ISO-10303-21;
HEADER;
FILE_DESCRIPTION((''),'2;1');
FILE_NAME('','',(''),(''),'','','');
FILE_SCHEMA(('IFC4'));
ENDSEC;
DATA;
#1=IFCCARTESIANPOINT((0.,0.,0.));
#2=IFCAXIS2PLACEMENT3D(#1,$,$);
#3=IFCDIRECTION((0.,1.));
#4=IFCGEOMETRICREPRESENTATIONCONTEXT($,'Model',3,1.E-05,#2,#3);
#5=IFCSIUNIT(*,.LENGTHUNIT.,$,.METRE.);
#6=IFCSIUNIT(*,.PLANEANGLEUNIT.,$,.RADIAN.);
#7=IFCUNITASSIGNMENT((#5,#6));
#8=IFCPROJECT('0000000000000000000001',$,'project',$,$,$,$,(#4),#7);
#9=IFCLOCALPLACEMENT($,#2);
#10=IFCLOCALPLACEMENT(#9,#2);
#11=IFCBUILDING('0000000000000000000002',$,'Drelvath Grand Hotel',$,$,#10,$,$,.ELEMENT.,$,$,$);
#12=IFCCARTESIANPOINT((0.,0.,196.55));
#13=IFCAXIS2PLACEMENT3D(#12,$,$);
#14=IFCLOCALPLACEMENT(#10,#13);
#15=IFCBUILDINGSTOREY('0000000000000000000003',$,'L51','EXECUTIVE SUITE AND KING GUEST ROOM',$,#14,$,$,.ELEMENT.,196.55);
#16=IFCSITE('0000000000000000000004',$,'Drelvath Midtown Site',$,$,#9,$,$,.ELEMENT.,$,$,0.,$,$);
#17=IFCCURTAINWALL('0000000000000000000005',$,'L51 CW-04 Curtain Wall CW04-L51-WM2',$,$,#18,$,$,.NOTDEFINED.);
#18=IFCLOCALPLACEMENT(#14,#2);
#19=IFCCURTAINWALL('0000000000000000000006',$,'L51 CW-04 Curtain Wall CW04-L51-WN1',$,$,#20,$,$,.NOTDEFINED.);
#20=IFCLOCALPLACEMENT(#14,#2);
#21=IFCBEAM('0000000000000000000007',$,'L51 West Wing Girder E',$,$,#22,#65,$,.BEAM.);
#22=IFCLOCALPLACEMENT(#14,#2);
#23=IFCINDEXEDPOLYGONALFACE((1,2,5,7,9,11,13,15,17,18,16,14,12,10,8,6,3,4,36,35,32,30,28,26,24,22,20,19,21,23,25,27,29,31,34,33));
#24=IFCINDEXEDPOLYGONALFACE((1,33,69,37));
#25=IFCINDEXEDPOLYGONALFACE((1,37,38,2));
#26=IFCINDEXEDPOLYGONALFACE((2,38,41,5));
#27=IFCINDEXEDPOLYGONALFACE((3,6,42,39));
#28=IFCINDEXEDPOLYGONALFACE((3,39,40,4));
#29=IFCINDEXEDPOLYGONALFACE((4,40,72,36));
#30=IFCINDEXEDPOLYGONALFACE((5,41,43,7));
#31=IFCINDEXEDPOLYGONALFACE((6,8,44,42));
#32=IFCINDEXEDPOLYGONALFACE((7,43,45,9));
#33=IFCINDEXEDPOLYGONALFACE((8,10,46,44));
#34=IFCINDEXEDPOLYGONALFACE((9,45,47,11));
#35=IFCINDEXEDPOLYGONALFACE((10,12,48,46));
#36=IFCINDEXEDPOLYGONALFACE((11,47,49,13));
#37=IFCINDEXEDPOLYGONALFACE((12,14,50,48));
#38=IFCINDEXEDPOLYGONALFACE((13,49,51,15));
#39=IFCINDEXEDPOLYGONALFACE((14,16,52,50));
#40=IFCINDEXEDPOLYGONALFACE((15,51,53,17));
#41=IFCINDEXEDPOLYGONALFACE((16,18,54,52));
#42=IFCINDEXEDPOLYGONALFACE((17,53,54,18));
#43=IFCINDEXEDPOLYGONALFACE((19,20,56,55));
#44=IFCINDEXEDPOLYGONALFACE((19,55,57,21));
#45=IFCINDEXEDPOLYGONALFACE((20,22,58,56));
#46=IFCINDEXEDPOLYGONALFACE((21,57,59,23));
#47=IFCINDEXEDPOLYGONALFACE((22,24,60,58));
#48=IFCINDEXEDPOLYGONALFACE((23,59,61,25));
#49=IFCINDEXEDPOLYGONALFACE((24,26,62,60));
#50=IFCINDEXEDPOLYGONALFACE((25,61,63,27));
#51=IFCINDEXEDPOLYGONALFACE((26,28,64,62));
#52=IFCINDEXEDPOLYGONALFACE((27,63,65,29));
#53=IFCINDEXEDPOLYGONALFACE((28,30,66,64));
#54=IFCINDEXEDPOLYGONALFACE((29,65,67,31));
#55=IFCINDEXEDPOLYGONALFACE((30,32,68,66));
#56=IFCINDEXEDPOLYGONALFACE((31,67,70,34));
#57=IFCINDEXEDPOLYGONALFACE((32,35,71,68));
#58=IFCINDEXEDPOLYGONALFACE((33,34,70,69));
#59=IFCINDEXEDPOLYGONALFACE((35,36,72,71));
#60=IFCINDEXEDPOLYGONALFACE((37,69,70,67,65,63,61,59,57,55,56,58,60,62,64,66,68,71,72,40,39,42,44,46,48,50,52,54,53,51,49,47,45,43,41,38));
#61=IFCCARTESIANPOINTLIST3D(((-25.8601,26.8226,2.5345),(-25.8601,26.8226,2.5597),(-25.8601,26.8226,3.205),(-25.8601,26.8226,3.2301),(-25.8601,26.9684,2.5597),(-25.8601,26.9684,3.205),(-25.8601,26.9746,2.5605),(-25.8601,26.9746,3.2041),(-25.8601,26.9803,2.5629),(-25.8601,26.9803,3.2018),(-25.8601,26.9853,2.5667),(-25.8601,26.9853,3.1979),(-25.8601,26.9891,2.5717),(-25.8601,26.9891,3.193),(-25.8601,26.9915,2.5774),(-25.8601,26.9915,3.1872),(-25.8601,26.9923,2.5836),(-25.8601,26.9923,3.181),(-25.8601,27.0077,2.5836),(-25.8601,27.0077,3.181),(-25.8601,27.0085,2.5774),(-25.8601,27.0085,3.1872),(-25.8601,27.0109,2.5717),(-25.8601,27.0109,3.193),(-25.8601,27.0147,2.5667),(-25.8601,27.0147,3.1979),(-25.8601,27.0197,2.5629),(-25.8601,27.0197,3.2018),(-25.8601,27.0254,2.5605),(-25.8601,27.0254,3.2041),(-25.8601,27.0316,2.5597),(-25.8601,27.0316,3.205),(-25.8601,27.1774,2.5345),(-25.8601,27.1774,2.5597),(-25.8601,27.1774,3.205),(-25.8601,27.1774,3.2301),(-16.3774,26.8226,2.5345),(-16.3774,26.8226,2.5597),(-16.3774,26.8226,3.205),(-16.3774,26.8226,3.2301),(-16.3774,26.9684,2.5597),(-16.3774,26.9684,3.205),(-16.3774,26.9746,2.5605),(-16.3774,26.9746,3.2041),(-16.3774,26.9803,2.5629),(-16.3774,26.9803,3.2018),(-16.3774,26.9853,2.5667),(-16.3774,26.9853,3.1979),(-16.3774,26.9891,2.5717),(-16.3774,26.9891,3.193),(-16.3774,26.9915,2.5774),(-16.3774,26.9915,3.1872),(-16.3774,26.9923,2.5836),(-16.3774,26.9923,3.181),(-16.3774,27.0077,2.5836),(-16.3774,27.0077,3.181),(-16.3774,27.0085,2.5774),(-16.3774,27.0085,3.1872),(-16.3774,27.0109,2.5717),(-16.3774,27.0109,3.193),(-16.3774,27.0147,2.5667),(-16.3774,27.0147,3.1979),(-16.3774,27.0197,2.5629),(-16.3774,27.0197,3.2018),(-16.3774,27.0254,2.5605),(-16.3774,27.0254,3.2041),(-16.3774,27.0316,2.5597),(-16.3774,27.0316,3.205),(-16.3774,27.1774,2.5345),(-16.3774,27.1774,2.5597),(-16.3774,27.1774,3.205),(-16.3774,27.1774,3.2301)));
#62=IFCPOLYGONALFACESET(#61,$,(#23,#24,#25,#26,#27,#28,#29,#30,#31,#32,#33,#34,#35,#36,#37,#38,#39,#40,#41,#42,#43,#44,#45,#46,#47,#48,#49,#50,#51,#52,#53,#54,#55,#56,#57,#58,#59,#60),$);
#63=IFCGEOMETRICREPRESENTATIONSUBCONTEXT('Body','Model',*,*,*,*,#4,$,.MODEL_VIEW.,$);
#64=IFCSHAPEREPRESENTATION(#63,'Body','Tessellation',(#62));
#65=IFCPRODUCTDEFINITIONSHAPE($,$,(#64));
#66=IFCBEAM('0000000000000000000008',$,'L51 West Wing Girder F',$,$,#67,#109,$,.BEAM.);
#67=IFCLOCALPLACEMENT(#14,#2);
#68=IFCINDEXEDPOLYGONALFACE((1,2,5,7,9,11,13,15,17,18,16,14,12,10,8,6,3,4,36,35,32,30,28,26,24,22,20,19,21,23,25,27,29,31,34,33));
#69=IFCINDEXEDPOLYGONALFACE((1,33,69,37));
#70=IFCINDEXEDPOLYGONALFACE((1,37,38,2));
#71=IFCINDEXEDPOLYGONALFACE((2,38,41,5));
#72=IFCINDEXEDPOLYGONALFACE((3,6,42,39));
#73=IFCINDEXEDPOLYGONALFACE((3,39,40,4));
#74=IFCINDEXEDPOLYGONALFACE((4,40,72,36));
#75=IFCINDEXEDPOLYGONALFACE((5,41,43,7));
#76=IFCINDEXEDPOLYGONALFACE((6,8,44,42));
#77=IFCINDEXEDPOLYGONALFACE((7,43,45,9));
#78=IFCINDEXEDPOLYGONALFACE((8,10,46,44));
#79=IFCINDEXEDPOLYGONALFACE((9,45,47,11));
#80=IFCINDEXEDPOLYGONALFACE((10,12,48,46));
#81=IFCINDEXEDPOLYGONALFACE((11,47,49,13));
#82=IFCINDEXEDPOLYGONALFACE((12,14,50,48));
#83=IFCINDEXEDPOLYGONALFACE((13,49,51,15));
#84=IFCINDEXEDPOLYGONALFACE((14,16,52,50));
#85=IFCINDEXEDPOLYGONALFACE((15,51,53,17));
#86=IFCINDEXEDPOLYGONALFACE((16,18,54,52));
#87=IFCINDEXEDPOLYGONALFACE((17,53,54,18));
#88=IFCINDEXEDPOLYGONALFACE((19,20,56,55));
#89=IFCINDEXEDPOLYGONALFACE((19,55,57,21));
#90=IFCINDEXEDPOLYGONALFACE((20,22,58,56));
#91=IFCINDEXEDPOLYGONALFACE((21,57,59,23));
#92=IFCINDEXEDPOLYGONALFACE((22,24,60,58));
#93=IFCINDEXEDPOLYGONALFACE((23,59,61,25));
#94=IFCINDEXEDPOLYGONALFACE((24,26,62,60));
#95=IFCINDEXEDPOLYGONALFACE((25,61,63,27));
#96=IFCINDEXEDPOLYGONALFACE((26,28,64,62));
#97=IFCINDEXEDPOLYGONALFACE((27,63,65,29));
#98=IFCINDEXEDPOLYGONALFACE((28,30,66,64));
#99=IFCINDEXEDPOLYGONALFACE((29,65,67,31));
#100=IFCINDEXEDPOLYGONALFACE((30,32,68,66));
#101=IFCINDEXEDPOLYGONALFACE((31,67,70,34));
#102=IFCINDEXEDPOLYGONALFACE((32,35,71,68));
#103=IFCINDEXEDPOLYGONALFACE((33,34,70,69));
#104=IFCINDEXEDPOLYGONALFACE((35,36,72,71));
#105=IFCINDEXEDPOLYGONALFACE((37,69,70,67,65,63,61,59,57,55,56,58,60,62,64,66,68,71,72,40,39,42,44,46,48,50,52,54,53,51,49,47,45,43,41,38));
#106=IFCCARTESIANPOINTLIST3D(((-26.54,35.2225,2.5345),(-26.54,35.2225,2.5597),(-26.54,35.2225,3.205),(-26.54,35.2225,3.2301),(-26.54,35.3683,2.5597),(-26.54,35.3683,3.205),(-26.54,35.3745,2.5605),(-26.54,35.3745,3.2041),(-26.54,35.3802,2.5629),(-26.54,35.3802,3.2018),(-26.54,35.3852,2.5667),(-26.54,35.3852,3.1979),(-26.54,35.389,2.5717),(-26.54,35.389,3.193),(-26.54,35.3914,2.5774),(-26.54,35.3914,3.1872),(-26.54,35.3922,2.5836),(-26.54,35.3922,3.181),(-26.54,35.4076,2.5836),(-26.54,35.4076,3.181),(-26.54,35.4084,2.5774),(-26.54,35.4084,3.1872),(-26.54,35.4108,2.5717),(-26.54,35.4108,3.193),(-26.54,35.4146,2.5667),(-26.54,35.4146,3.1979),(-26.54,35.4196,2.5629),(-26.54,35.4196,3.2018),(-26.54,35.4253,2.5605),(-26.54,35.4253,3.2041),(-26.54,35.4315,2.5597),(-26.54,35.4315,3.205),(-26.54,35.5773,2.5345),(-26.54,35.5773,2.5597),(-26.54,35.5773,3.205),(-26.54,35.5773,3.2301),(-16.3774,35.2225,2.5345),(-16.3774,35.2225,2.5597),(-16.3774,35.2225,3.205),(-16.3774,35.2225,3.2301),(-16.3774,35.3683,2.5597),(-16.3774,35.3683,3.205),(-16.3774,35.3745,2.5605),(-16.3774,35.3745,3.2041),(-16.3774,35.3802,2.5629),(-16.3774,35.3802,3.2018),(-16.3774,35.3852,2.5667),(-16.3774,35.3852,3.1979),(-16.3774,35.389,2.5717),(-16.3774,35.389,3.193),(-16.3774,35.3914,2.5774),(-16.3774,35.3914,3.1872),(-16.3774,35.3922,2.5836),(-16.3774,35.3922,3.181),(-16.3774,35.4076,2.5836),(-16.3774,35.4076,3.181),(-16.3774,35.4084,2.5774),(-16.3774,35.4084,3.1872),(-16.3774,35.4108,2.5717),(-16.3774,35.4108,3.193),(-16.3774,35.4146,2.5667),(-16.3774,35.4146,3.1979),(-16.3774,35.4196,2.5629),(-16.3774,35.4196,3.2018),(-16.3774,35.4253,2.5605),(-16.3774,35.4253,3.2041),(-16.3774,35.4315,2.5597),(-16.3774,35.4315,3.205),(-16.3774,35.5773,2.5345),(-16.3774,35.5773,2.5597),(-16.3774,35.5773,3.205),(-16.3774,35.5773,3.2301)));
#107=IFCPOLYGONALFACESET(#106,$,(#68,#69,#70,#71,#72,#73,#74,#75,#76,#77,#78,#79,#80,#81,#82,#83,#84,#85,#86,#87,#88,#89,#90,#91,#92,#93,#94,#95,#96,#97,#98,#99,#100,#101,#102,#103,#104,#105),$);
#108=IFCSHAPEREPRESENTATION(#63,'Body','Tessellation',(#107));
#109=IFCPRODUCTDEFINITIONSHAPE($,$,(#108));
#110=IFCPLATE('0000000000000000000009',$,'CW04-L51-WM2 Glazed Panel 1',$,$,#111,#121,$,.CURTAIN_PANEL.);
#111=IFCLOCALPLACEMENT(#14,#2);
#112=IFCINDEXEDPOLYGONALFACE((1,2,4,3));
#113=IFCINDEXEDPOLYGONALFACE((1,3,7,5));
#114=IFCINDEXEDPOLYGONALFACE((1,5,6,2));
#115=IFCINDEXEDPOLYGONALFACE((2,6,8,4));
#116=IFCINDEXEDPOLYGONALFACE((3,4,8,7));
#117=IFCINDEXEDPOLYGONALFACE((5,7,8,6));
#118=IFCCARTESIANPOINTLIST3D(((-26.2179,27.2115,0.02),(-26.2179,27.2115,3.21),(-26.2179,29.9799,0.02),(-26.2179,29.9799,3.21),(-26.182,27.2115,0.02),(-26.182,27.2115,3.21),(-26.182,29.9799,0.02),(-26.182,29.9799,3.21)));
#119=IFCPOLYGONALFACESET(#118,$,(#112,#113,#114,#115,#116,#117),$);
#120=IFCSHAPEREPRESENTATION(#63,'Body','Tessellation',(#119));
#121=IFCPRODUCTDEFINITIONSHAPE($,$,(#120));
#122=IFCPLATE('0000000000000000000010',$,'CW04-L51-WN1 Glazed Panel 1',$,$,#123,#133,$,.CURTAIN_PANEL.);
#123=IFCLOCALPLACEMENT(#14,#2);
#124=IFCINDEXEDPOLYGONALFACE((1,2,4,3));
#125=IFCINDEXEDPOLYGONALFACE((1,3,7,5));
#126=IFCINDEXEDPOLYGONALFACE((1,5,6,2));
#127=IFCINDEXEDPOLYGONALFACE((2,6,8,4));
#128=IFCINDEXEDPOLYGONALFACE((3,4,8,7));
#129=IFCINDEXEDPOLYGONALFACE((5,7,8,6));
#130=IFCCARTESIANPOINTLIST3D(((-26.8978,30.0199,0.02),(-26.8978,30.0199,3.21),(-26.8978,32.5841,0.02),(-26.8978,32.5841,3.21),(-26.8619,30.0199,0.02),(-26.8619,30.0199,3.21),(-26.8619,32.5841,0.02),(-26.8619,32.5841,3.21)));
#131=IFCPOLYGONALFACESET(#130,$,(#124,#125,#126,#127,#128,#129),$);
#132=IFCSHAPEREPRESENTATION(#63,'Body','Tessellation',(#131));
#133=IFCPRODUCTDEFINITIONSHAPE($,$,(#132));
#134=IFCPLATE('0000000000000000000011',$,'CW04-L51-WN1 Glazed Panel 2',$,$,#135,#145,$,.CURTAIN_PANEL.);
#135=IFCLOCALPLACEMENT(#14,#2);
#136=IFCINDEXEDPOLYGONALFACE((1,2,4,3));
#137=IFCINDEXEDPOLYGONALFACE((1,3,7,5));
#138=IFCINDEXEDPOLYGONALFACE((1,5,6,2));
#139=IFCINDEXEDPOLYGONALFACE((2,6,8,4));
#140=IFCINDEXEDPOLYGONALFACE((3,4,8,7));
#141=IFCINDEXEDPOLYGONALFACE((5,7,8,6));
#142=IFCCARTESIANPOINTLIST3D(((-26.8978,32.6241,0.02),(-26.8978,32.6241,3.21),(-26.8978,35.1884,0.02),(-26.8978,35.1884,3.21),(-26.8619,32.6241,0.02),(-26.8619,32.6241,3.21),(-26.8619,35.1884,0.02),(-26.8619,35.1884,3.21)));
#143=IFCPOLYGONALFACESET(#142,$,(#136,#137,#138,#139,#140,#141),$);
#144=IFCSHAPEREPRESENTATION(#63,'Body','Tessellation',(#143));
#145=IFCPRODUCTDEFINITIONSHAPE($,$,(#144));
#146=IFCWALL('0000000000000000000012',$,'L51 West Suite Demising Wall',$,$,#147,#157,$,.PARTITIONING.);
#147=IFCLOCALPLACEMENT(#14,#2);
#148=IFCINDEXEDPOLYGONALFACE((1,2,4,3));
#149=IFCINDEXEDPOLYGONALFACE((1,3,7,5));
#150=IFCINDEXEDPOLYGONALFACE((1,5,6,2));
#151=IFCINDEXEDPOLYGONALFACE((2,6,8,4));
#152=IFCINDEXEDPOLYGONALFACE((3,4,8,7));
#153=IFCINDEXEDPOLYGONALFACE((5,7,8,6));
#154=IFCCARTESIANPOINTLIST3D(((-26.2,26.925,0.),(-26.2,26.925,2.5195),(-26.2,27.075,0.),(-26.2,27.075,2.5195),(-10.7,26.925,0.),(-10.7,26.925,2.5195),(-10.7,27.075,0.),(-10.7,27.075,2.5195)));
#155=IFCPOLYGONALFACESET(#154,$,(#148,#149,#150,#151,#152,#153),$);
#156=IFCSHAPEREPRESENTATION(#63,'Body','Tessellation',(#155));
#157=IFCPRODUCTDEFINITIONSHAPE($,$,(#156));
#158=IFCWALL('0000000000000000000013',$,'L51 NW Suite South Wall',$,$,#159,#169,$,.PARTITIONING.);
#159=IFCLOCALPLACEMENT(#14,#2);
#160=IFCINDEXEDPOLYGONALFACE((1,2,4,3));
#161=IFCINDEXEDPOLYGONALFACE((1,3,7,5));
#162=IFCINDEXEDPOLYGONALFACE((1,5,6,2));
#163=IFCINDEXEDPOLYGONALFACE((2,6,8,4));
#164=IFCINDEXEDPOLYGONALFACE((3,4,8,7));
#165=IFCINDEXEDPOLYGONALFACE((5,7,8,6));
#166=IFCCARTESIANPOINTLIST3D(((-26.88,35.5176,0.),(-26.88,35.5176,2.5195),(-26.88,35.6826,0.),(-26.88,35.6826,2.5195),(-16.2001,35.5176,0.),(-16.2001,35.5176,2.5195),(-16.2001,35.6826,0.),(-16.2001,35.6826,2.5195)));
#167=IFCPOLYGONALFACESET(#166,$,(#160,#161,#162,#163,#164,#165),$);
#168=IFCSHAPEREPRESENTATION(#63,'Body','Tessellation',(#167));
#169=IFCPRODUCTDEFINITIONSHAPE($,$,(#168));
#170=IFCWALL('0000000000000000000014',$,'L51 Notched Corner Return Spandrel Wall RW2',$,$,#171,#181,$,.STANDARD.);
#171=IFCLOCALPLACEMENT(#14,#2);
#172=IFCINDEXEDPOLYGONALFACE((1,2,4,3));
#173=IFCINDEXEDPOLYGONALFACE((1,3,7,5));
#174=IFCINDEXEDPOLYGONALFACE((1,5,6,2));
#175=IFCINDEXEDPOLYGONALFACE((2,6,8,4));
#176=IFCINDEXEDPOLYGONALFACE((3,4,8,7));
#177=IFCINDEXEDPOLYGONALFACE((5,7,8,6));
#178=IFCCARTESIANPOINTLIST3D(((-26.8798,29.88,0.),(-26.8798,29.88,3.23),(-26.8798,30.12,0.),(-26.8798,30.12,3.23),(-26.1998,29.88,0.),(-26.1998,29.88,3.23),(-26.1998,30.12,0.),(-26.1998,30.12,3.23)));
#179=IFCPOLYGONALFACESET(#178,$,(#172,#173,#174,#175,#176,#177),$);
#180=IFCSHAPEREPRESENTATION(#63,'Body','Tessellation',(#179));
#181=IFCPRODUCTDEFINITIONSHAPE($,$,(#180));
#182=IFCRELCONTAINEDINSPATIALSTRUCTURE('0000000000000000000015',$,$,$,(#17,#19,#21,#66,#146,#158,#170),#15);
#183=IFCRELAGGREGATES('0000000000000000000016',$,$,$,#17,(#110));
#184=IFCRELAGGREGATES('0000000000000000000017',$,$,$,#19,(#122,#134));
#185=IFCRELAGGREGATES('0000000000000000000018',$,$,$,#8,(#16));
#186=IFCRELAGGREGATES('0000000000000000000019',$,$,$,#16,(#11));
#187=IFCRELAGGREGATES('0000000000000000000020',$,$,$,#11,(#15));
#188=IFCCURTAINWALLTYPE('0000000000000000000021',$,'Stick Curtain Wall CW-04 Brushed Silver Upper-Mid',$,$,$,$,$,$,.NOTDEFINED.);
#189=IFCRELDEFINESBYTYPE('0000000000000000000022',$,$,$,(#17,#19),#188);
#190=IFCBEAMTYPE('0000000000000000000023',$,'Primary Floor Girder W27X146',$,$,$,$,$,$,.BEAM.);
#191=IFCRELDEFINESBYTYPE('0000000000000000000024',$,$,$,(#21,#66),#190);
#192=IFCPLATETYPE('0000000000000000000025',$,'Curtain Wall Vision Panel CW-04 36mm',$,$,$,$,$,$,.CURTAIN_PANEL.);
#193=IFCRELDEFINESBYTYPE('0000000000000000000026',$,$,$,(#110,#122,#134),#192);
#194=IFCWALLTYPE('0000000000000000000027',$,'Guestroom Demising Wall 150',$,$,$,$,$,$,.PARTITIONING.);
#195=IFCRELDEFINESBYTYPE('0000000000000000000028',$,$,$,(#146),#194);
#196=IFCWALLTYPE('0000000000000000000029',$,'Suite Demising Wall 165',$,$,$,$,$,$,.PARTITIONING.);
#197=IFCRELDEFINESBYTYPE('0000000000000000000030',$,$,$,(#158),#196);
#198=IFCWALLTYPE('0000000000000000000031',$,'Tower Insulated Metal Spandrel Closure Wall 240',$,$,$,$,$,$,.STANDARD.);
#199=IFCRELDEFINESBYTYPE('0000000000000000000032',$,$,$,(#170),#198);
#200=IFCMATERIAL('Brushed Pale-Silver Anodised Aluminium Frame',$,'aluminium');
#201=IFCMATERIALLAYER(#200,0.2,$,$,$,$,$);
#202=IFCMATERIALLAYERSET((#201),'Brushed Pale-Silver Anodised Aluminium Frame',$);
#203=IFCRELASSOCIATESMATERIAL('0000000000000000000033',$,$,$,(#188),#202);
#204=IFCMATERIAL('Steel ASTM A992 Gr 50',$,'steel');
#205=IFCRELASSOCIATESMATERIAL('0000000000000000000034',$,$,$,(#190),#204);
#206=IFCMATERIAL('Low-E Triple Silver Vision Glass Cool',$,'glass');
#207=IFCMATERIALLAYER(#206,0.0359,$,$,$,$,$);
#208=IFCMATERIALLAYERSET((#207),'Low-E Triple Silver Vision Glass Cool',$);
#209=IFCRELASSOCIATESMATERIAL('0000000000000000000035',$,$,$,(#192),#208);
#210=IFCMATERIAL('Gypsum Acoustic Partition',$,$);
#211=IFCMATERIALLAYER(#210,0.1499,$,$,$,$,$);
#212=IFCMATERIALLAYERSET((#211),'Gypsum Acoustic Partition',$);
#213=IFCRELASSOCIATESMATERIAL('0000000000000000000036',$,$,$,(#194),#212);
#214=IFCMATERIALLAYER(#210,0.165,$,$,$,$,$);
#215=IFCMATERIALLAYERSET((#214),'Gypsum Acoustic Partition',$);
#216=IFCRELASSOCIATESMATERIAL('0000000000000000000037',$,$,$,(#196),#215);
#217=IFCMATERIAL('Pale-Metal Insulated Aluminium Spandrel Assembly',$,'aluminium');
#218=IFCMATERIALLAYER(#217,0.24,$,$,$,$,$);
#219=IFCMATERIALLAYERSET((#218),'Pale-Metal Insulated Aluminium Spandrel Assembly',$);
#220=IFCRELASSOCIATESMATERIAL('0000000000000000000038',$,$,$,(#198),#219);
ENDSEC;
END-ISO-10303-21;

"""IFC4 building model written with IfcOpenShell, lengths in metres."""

from ifc_helpers import new_model, si_unit, direction, frame, frame_2d, origin, origin_2d, place, context, subcontext, project, spatial, rectangle, i_section, extrude, material, layer, layer_set, material_profile, profile_set, type_object, element, aggregate, save


model = new_model("IFC4")

# Units and contexts
model_context = context("Model", 3, precision=1e-05, world=origin(), true_north=direction((0.0, 1.0)))
body_context = subcontext(model_context, "Body", "Model", "MODEL_VIEW")
ifc_project = project(units=[si_unit("LENGTHUNIT", "METRE"), si_unit("PLANEANGLEUNIT", "RADIAN")], contexts=[model_context])

# Site, building, storey
site_placement = place(None, origin())
site = spatial("IfcSite", under=ifc_project, at=site_placement, Name="Drelvath Midtown Site", CompositionType="ELEMENT", RefElevation=0.0)
building_placement = place(site_placement, origin())
building = spatial("IfcBuilding", under=site, at=building_placement, Name="Drelvath Grand Hotel", CompositionType="ELEMENT")
storey_placement = place(building_placement, frame((0.0, 0.0, 196.55)))
storey = spatial("IfcBuildingStorey", under=building, at=storey_placement, Name="L51", Description="EXECUTIVE SUITE AND KING GUEST ROOM", CompositionType="ELEMENT", Elevation=196.55)

# Curtain walls
ifc_material_1 = material(Name="Brushed Pale-Silver Anodised Aluminium Frame", Category="aluminium")
ifc_layer_1 = layer(ifc_material_1, 0.2)
ifc_layer_set_1 = layer_set([ifc_layer_1], Name="Brushed Pale-Silver Anodised Aluminium Frame")
curtain_wall_type = type_object("IfcCurtainWallType", Name="Stick Curtain Wall CW-04 Brushed Silver Upper-Mid", PredefinedType="NOTDEFINED", material=ifc_layer_set_1)
curtain_wall_1_placement = place(storey_placement, origin())
curtain_wall_1 = element("IfcCurtainWall", 1, at=curtain_wall_1_placement, inside=storey, type_object=curtain_wall_type, Name="L51 CW-04 Curtain Wall CW04-L51-WM2", PredefinedType="NOTDEFINED")
curtain_wall_2_placement = place(storey_placement, origin())
curtain_wall_2 = element("IfcCurtainWall", 2, at=curtain_wall_2_placement, inside=storey, type_object=curtain_wall_type, Name="L51 CW-04 Curtain Wall CW04-L51-WN1", PredefinedType="NOTDEFINED")

# Beams
ifc_material_2 = material(Name="Steel ASTM A992 Gr 50", Category="steel")
ifc_material_profile_1 = material_profile(ifc_material_2, i_section(OverallWidth=0.3547, OverallDepth=0.6956, WebThickness=0.0154, FlangeThickness=0.0251, FilletRadius=0.0239, at=origin_2d()), Name="W27X146")
ifc_profile_set_1 = profile_set([ifc_material_profile_1], Name="Steel ASTM A992 Gr 50")
beam_type_1 = type_object("IfcBeamType", Name="Primary Floor Girder W27X146", PredefinedType="BEAM", material=ifc_profile_set_1)
beam_1_placement = place(storey_placement, frame((-25.8601, 27.0, 2.8823), z_axis=(1.0, 0.0, 0.0), x_axis=(0.0, 1.0, 0.0)))
element("IfcBeam", 3, at=beam_1_placement, inside=storey, type_object=beam_type_1, Name="L51 West Wing Girder E", PredefinedType="BEAM", context=body_context, shape_type="SweptSolid", body=[
    extrude(i_section(OverallWidth=0.3547, OverallDepth=0.6956, WebThickness=0.0154, FlangeThickness=0.0251, FilletRadius=0.0239, at=origin_2d()), origin(), (0.0, 0.0, 1.0), 9.4827),
])
beam_2_placement = place(storey_placement, frame((-26.54, 35.3999, 2.8823), z_axis=(1.0, 0.0, 0.0), x_axis=(0.0, 1.0, 0.0)))
element("IfcBeam", 4, at=beam_2_placement, inside=storey, type_object=beam_type_1, Name="L51 West Wing Girder F", PredefinedType="BEAM", context=body_context, shape_type="SweptSolid", body=[
    extrude(i_section(OverallWidth=0.3547, OverallDepth=0.6956, WebThickness=0.0154, FlangeThickness=0.0251, FilletRadius=0.0239, at=origin_2d()), origin(), (0.0, 0.0, 1.0), 10.1626),
])

# Plates
ifc_material_3 = material(Name="Low-E Triple Silver Vision Glass Cool", Category="glass")
ifc_layer_2 = layer(ifc_material_3, 0.0359)
ifc_layer_set_2 = layer_set([ifc_layer_2], Name="Low-E Triple Silver Vision Glass Cool")
plate_type = type_object("IfcPlateType", Name="Curtain Wall Vision Panel CW-04 36mm", PredefinedType="CURTAIN_PANEL", material=ifc_layer_set_2)
plate_1_placement = place(storey_placement, frame((-26.2, 28.5957, 0.02), z_axis=(0.0, 0.0, 1.0), x_axis=(0.0, 1.0, 0.0)))
plate_1 = element("IfcPlate", 5, at=plate_1_placement, type_object=plate_type, Name="CW04-L51-WM2 Glazed Panel 1", PredefinedType="CURTAIN_PANEL", context=body_context, shape_type="SweptSolid", body=[
    extrude(rectangle(XDim=2.7683, YDim=0.0359, at=origin_2d()), origin(), (0.0, 0.0, 1.0), 3.1899),
])
aggregate(curtain_wall_1, [plate_1])
plate_2_placement = place(storey_placement, frame((-26.8799, 31.302, 0.02), z_axis=(0.0, 0.0, 1.0), x_axis=(0.0, 1.0, 0.0)))
plate_2 = element("IfcPlate", 6, at=plate_2_placement, type_object=plate_type, Name="CW04-L51-WN1 Glazed Panel 1", PredefinedType="CURTAIN_PANEL", context=body_context, shape_type="SweptSolid", body=[
    extrude(rectangle(XDim=2.5642, YDim=0.0359, at=origin_2d()), origin(), (0.0, 0.0, 1.0), 3.1899),
])
plate_3_placement = place(storey_placement, frame((-26.8799, 33.9062, 0.02), z_axis=(0.0, 0.0, 1.0), x_axis=(0.0, 1.0, 0.0)))
plate_3 = element("IfcPlate", 7, at=plate_3_placement, type_object=plate_type, Name="CW04-L51-WN1 Glazed Panel 2", PredefinedType="CURTAIN_PANEL", context=body_context, shape_type="SweptSolid", body=[
    extrude(rectangle(XDim=2.5642, YDim=0.0359, at=origin_2d()), origin(), (0.0, 0.0, 1.0), 3.1899),
])
aggregate(curtain_wall_2, [plate_2, plate_3])

# Walls
ifc_material_4 = material(Name="Gypsum Acoustic Partition")
ifc_layer_3 = layer(ifc_material_4, 0.1499)
ifc_layer_set_3 = layer_set([ifc_layer_3], Name="Gypsum Acoustic Partition")
wall_type_1 = type_object("IfcWallType", Name="Guestroom Demising Wall 150", PredefinedType="PARTITIONING", material=ifc_layer_set_3)
wall_1_placement = place(storey_placement, frame((-26.2, 27.0, 0.0), z_axis=(0.0, 0.0, 1.0), x_axis=(1.0, 0.0, 0.0)))
element("IfcWall", 8, at=wall_1_placement, inside=storey, type_object=wall_type_1, Name="L51 West Suite Demising Wall", PredefinedType="PARTITIONING", context=body_context, shape_type="SweptSolid", body=[
    extrude(rectangle(XDim=15.5, YDim=0.1499, at=frame_2d((7.75, 0.0))), origin(), (0.0, 0.0, 1.0), 2.5195),
])
ifc_layer_4 = layer(ifc_material_4, 0.165)
ifc_layer_set_4 = layer_set([ifc_layer_4], Name="Gypsum Acoustic Partition")
wall_type_2 = type_object("IfcWallType", Name="Suite Demising Wall 165", PredefinedType="PARTITIONING", material=ifc_layer_set_4)
wall_2_placement = place(storey_placement, frame((-26.8799, 35.6001, 0.0), z_axis=(0.0, 0.0, 1.0), x_axis=(1.0, 0.0, 0.0)))
element("IfcWall", 9, at=wall_2_placement, inside=storey, type_object=wall_type_2, Name="L51 NW Suite South Wall", PredefinedType="PARTITIONING", context=body_context, shape_type="SweptSolid", body=[
    extrude(rectangle(XDim=10.6799, YDim=0.165, at=frame_2d((5.3398, 0.0))), origin(), (0.0, 0.0, 1.0), 2.5195),
])
ifc_material_5 = material(Name="Pale-Metal Insulated Aluminium Spandrel Assembly", Category="aluminium")
ifc_layer_5 = layer(ifc_material_5, 0.24)
ifc_layer_set_5 = layer_set([ifc_layer_5], Name="Pale-Metal Insulated Aluminium Spandrel Assembly")
wall_type_3 = type_object("IfcWallType", Name="Tower Insulated Metal Spandrel Closure Wall 240", PredefinedType="STANDARD", material=ifc_layer_set_5)
wall_3_placement = place(storey_placement, frame((-26.2, 30.0, 0.0), z_axis=(0.0, 0.0, 1.0), x_axis=(-1.0, 0.0, 0.0)))
element("IfcWall", 10, at=wall_3_placement, inside=storey, type_object=wall_type_3, Name="L51 Notched Corner Return Spandrel Wall RW2", PredefinedType="STANDARD", context=body_context, shape_type="SweptSolid", body=[
    extrude(rectangle(XDim=0.6799, YDim=0.24, at=frame_2d((0.3398, 0.0))), origin(), (0.0, 0.0, 1.0), 3.23),
])

save(model, "model.ifc")
